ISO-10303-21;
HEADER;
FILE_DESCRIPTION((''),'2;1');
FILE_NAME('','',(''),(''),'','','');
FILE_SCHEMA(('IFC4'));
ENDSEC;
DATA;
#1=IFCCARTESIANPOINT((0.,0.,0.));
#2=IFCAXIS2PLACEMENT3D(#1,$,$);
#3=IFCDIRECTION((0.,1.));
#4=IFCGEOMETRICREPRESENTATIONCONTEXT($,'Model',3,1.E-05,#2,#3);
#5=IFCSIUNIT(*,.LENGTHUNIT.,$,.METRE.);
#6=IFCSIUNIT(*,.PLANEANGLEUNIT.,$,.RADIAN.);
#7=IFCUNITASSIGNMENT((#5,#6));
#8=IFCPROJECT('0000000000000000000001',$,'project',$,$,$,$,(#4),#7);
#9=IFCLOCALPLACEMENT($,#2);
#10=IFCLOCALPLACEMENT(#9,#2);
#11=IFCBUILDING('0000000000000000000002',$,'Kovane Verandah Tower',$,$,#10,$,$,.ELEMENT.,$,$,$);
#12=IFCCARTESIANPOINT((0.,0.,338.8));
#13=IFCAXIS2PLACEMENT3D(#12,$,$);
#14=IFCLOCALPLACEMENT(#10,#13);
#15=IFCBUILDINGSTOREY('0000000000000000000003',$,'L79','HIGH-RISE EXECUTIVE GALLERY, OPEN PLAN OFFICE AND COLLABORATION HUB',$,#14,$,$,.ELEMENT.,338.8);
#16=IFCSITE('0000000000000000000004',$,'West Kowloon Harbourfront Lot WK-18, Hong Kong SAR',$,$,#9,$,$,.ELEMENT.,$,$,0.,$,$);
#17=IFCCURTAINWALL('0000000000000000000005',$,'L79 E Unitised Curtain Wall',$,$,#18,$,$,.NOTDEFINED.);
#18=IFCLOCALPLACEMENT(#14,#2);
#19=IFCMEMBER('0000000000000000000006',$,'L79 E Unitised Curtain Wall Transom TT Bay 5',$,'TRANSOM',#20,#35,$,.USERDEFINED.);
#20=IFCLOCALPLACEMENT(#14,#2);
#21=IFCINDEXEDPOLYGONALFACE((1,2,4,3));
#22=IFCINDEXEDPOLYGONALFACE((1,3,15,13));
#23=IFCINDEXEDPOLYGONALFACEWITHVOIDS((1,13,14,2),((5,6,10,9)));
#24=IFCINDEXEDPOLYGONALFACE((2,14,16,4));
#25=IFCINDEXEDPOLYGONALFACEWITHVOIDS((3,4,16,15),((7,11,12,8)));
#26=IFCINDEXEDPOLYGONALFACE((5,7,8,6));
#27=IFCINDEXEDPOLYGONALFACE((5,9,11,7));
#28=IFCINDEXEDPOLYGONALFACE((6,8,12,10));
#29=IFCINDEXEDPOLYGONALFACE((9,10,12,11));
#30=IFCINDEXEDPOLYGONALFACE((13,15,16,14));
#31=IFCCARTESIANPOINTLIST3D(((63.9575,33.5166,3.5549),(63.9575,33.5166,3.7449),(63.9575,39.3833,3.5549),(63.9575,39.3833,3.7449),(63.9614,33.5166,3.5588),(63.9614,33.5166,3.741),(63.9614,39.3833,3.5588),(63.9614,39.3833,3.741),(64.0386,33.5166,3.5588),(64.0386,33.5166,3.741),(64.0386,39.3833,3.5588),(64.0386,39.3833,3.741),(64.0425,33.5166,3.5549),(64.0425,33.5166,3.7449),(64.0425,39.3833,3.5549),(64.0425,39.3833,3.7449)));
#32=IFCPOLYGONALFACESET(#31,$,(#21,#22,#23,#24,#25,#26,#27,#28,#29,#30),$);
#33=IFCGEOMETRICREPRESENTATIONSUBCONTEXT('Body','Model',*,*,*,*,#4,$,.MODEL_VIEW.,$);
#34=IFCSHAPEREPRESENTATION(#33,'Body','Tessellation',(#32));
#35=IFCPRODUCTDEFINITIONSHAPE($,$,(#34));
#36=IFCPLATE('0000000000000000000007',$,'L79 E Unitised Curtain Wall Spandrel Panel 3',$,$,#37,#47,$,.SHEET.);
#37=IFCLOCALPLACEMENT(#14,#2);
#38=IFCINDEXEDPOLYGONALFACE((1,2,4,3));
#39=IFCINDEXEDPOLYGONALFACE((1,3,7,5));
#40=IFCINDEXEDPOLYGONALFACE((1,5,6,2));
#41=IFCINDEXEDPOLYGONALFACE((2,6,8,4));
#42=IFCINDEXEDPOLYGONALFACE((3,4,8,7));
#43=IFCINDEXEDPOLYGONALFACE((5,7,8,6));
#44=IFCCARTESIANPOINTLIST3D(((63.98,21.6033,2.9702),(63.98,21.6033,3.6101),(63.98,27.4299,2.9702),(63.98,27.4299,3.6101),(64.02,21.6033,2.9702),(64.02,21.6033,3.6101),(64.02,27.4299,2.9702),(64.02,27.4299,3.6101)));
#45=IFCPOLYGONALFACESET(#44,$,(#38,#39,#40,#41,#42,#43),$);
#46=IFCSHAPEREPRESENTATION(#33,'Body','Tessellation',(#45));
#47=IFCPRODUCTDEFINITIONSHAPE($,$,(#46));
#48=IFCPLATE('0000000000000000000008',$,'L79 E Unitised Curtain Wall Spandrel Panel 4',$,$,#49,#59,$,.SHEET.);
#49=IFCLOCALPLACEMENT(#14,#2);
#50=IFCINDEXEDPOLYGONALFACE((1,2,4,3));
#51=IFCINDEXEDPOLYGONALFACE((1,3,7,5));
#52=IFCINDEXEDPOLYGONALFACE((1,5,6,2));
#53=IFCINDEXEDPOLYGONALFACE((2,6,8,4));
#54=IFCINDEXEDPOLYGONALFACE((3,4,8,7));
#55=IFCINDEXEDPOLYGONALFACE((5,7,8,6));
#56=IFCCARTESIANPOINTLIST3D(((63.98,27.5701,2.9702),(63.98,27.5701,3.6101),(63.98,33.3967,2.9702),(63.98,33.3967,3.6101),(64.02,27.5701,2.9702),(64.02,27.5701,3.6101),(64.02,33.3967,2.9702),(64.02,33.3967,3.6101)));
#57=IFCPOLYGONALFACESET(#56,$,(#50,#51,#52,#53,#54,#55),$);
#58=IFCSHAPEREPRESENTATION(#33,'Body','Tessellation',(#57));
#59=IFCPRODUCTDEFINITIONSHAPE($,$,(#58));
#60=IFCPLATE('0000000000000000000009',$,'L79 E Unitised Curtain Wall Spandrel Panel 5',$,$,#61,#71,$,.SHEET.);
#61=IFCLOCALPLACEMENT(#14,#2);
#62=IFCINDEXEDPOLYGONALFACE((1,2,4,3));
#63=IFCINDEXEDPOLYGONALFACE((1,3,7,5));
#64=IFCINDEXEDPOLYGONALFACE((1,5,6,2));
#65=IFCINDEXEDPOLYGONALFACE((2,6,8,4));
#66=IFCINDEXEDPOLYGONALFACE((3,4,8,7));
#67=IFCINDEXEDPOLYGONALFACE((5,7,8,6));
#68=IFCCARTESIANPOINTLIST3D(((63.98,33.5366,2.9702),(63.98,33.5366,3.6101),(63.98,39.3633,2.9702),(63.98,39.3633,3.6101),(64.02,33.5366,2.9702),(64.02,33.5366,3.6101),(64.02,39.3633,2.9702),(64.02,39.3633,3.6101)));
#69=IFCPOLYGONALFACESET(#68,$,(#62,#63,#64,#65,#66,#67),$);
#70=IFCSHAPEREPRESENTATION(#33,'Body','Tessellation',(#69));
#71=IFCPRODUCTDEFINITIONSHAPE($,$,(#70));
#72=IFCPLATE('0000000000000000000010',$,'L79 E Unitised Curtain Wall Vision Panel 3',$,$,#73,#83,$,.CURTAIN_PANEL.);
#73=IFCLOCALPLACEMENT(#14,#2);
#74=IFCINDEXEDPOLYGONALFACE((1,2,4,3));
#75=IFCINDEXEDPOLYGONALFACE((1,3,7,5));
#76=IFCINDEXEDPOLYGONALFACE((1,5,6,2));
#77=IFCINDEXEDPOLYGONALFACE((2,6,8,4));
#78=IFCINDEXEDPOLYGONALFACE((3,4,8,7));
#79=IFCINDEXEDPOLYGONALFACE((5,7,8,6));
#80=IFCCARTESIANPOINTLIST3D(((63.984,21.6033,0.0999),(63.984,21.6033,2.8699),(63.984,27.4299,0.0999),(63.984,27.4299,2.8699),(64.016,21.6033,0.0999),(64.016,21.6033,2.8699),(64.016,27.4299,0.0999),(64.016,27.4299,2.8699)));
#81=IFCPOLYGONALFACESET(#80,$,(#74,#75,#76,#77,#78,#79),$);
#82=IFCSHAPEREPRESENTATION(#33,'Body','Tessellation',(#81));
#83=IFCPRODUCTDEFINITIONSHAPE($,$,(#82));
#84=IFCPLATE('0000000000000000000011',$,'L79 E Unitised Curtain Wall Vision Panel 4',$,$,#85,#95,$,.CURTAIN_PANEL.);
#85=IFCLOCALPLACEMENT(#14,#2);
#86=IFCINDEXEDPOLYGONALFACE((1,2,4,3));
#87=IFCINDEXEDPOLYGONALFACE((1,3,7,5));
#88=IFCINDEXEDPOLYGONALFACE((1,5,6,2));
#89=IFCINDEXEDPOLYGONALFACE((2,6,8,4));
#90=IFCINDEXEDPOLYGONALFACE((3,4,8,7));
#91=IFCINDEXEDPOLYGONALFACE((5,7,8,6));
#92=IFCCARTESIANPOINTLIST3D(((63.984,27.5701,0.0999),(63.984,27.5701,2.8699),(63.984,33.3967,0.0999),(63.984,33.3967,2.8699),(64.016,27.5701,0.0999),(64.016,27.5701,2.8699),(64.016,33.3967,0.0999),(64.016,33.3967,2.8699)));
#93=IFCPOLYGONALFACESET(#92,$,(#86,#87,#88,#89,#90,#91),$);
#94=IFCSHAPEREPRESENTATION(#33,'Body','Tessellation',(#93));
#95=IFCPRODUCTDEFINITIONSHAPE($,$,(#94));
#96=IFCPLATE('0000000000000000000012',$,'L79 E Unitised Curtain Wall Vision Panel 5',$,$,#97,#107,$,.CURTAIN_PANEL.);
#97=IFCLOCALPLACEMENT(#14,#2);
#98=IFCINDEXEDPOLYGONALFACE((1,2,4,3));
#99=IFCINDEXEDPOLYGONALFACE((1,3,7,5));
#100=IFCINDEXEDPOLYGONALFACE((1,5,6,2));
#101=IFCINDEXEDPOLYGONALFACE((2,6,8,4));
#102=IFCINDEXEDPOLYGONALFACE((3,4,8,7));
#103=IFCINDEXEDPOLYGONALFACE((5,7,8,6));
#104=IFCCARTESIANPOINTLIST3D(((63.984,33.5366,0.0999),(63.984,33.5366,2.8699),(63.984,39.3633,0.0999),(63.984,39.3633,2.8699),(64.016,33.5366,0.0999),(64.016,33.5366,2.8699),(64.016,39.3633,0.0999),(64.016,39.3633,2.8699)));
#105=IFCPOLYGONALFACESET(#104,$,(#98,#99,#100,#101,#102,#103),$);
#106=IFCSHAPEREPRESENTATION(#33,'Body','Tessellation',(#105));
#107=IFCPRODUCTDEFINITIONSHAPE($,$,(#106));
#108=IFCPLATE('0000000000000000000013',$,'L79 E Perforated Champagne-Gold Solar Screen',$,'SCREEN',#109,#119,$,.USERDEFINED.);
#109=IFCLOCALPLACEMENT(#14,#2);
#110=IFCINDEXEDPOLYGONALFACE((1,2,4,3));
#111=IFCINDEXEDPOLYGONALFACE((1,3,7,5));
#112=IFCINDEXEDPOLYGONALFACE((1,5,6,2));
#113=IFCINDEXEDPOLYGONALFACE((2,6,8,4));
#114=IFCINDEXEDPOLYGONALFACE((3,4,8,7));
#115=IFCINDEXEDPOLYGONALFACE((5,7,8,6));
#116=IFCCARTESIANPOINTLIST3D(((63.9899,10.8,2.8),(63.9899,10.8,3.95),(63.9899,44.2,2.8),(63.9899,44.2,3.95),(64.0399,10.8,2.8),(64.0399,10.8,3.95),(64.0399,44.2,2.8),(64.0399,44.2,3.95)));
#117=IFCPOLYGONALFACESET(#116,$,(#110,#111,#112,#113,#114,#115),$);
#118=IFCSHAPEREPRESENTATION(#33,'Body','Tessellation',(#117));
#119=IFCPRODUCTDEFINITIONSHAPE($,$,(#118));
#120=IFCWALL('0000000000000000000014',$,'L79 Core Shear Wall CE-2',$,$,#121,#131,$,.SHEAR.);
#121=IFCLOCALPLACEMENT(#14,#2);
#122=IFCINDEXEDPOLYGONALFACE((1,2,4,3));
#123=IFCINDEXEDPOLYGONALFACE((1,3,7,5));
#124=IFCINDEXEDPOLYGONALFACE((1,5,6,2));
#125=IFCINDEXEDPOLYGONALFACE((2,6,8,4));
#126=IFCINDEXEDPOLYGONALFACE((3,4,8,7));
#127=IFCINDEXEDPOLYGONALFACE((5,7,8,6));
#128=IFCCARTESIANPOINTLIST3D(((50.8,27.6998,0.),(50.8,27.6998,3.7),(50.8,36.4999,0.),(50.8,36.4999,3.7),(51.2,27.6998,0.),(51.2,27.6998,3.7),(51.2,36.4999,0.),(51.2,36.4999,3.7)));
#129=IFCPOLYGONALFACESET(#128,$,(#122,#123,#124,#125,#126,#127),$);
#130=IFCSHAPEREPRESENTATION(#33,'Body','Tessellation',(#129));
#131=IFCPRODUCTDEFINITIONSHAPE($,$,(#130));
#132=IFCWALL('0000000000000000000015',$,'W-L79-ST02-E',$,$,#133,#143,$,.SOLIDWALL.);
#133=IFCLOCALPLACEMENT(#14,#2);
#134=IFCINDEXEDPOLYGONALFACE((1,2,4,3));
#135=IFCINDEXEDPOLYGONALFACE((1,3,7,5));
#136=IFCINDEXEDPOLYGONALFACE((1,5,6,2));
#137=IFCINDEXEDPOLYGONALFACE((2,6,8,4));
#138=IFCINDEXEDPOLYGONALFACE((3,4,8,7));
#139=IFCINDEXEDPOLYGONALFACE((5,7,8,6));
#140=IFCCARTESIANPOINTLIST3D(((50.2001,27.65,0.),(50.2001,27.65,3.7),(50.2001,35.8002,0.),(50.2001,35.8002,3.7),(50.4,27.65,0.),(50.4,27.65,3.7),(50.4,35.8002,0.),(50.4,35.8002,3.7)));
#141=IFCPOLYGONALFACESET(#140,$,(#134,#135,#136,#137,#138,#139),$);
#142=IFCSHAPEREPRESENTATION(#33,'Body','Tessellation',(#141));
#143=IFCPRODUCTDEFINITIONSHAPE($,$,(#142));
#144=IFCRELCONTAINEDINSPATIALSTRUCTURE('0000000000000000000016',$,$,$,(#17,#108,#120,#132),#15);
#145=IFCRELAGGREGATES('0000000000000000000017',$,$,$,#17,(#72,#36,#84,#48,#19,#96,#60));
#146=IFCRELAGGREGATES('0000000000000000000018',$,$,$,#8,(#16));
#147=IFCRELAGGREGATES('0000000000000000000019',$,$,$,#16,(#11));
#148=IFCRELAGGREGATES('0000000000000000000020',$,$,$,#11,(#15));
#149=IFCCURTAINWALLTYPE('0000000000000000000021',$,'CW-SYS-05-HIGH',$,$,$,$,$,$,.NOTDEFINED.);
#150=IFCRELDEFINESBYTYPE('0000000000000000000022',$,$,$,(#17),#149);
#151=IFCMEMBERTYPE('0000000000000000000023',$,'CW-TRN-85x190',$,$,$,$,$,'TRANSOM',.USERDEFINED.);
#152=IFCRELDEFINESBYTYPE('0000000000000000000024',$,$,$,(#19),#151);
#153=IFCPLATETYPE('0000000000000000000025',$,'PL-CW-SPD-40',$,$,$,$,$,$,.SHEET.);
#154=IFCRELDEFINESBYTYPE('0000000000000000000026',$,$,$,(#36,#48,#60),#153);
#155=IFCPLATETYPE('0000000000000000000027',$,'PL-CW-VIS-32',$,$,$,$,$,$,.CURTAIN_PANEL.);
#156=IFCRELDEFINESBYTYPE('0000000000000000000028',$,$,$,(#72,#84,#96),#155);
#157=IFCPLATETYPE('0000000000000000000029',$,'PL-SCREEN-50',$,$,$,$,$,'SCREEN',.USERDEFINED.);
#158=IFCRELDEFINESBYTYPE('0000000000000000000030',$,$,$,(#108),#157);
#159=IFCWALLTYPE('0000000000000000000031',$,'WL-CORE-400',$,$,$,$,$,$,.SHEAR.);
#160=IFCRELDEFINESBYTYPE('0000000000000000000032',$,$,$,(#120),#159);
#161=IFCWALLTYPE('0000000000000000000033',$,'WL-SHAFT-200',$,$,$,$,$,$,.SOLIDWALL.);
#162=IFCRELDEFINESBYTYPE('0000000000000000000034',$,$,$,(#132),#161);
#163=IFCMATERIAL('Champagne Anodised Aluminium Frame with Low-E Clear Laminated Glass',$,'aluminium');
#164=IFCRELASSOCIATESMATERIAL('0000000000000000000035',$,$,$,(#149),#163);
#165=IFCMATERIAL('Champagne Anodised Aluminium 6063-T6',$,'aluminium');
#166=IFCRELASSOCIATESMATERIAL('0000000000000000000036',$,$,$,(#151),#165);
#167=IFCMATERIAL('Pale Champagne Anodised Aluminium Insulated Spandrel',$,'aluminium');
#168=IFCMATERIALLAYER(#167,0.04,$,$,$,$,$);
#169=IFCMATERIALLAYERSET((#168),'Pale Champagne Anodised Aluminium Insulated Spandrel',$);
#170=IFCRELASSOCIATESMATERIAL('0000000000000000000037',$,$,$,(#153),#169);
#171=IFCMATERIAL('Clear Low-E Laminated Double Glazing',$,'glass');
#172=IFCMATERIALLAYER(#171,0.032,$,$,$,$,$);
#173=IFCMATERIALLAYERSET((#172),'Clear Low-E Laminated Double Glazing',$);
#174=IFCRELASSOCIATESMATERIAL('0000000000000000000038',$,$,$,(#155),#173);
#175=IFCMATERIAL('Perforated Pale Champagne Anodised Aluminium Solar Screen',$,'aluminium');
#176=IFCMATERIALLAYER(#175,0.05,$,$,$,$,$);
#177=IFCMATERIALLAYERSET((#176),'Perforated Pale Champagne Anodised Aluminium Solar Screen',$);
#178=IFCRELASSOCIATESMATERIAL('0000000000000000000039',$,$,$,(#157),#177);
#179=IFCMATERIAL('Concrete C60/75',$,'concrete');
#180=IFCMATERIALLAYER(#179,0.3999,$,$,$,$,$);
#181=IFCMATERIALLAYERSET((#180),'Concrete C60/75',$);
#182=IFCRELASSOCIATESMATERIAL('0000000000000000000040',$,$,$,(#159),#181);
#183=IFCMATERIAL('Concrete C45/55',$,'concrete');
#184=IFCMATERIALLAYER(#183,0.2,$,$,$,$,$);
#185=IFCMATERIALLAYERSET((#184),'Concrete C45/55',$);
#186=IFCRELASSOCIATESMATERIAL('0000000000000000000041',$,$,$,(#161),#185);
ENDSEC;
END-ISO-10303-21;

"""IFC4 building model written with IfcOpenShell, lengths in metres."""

from ifc_helpers import new_model, si_unit, direction, frame, frame_2d, origin, origin_2d, place, context, subcontext, project, spatial, rectangle, hollow_rectangle, extrude, material, layer, layer_set, material_profile, profile_set, type_object, element, aggregate, save


model = new_model("IFC4")

# Units and contexts
model_context = context("Model", 3, precision=1e-05, world=origin(), true_north=direction((0.0, 1.0)))
body_context = subcontext(model_context, "Body", "Model", "MODEL_VIEW")
ifc_project = project(units=[si_unit("LENGTHUNIT", "METRE"), si_unit("PLANEANGLEUNIT", "RADIAN")], contexts=[model_context])

# Site, building, storey
site_placement = place(None, origin())
site = spatial("IfcSite", under=ifc_project, at=site_placement, Name="West Kowloon Harbourfront Lot WK-18, Hong Kong SAR", CompositionType="ELEMENT", RefElevation=0.0)
building_placement = place(site_placement, origin())
building = spatial("IfcBuilding", under=site, at=building_placement, Name="Kovane Verandah Tower", CompositionType="ELEMENT")
storey_placement = place(building_placement, frame((0.0, 0.0, 338.8)))
storey = spatial("IfcBuildingStorey", under=building, at=storey_placement, Name="L79", Description="HIGH-RISE EXECUTIVE GALLERY, OPEN PLAN OFFICE AND COLLABORATION HUB", CompositionType="ELEMENT", Elevation=338.8)

# Shared definitions
ifc_material_1 = material(Name="Concrete C60/75", Category="concrete")

# Curtain wall, member, plates
ifc_material_2 = material(Name="Champagne Anodised Aluminium Frame with Low-E Clear Laminated Glass", Category="aluminium")
curtain_wall_type = type_object("IfcCurtainWallType", Name="CW-SYS-05-HIGH", PredefinedType="NOTDEFINED", material=ifc_material_2)
curtain_wall_placement = place(storey_placement, origin())
curtain_wall = element("IfcCurtainWall", 1, at=curtain_wall_placement, inside=storey, type_object=curtain_wall_type, Name="L79 E Unitised Curtain Wall", PredefinedType="NOTDEFINED")
ifc_material_3 = material(Name="Champagne Anodised Aluminium 6063-T6", Category="aluminium")
ifc_material_profile_1 = material_profile(ifc_material_3, hollow_rectangle(XDim=0.085, YDim=0.1899, WallThickness=0.0039, at=origin_2d()), Name="AL85x190x4")
ifc_profile_set_1 = profile_set([ifc_material_profile_1], Name="Champagne Anodised Aluminium 6063-T6")
member_type_1 = type_object("IfcMemberType", Name="CW-TRN-85x190", ElementType="TRANSOM", PredefinedType="USERDEFINED", material=ifc_profile_set_1)
member_1_placement = place(storey_placement, frame((64.0, 33.5166, 3.6499), z_axis=(0.0, 1.0, 0.0), x_axis=(-1.0, 0.0, 0.0)))
member_1 = element("IfcMember", 2, at=member_1_placement, type_object=member_type_1, Name="L79 E Unitised Curtain Wall Transom TT Bay 5", ObjectType="TRANSOM", PredefinedType="USERDEFINED", context=body_context, shape_type="SweptSolid", body=[
    extrude(hollow_rectangle(XDim=0.085, YDim=0.1899, WallThickness=0.0039, at=origin_2d()), origin(), (0.0, 0.0, 1.0), 5.8667),
])
ifc_material_4 = material(Name="Pale Champagne Anodised Aluminium Insulated Spandrel", Category="aluminium")
ifc_layer_1 = layer(ifc_material_4, 0.04)
ifc_layer_set_1 = layer_set([ifc_layer_1], Name="Pale Champagne Anodised Aluminium Insulated Spandrel")
plate_type_1 = type_object("IfcPlateType", Name="PL-CW-SPD-40", PredefinedType="SHEET", material=ifc_layer_set_1)
plate_1_placement = place(storey_placement, frame((64.0, 24.5166, 2.9702), z_axis=(0.0, 0.0, 1.0), x_axis=(0.0, 1.0, 0.0)))
plate_1 = element("IfcPlate", 3, at=plate_1_placement, type_object=plate_type_1, Name="L79 E Unitised Curtain Wall Spandrel Panel 3", PredefinedType="SHEET", context=body_context, shape_type="SweptSolid", body=[
    extrude(rectangle(XDim=5.8267, YDim=0.04, at=origin_2d()), origin(), (0.0, 0.0, 1.0), 0.6399),
])
plate_2_placement = place(storey_placement, frame((64.0, 30.4834, 2.9702), z_axis=(0.0, 0.0, 1.0), x_axis=(0.0, 1.0, 0.0)))
plate_2 = element("IfcPlate", 4, at=plate_2_placement, type_object=plate_type_1, Name="L79 E Unitised Curtain Wall Spandrel Panel 4", PredefinedType="SHEET", context=body_context, shape_type="SweptSolid", body=[
    extrude(rectangle(XDim=5.8267, YDim=0.04, at=origin_2d()), origin(), (0.0, 0.0, 1.0), 0.6399),
])
plate_3_placement = place(storey_placement, frame((64.0, 36.45, 2.9702), z_axis=(0.0, 0.0, 1.0), x_axis=(0.0, 1.0, 0.0)))
plate_3 = element("IfcPlate", 5, at=plate_3_placement, type_object=plate_type_1, Name="L79 E Unitised Curtain Wall Spandrel Panel 5", PredefinedType="SHEET", context=body_context, shape_type="SweptSolid", body=[
    extrude(rectangle(XDim=5.8267, YDim=0.04, at=origin_2d()), origin(), (0.0, 0.0, 1.0), 0.6399),
])
ifc_material_5 = material(Name="Clear Low-E Laminated Double Glazing", Category="glass")
ifc_layer_2 = layer(ifc_material_5, 0.032)
ifc_layer_set_2 = layer_set([ifc_layer_2], Name="Clear Low-E Laminated Double Glazing")
plate_type_2 = type_object("IfcPlateType", Name="PL-CW-VIS-32", PredefinedType="CURTAIN_PANEL", material=ifc_layer_set_2)
plate_4_placement = place(storey_placement, frame((64.0, 24.5166, 0.0999), z_axis=(0.0, 0.0, 1.0), x_axis=(0.0, 1.0, 0.0)))
plate_4 = element("IfcPlate", 6, at=plate_4_placement, type_object=plate_type_2, Name="L79 E Unitised Curtain Wall Vision Panel 3", PredefinedType="CURTAIN_PANEL", context=body_context, shape_type="SweptSolid", body=[
    extrude(rectangle(XDim=5.8267, YDim=0.032, at=origin_2d()), origin(), (0.0, 0.0, 1.0), 2.77),
])
plate_5_placement = place(storey_placement, frame((64.0, 30.4834, 0.0999), z_axis=(0.0, 0.0, 1.0), x_axis=(0.0, 1.0, 0.0)))
plate_5 = element("IfcPlate", 7, at=plate_5_placement, type_object=plate_type_2, Name="L79 E Unitised Curtain Wall Vision Panel 4", PredefinedType="CURTAIN_PANEL", context=body_context, shape_type="SweptSolid", body=[
    extrude(rectangle(XDim=5.8267, YDim=0.032, at=origin_2d()), origin(), (0.0, 0.0, 1.0), 2.77),
])
plate_6_placement = place(storey_placement, frame((64.0, 36.45, 0.0999), z_axis=(0.0, 0.0, 1.0), x_axis=(0.0, 1.0, 0.0)))
plate_6 = element("IfcPlate", 8, at=plate_6_placement, type_object=plate_type_2, Name="L79 E Unitised Curtain Wall Vision Panel 5", PredefinedType="CURTAIN_PANEL", context=body_context, shape_type="SweptSolid", body=[
    extrude(rectangle(XDim=5.8267, YDim=0.032, at=origin_2d()), origin(), (0.0, 0.0, 1.0), 2.77),
])
aggregate(curtain_wall, [plate_4, plate_1, plate_5, plate_2, member_1, plate_6, plate_3])

# Plate
ifc_material_6 = material(Name="Perforated Pale Champagne Anodised Aluminium Solar Screen", Category="aluminium")
ifc_layer_3 = layer(ifc_material_6, 0.05)
ifc_layer_set_3 = layer_set([ifc_layer_3], Name="Perforated Pale Champagne Anodised Aluminium Solar Screen")
plate_type_3 = type_object("IfcPlateType", Name="PL-SCREEN-50", ElementType="SCREEN", PredefinedType="USERDEFINED", material=ifc_layer_set_3)
plate_7_placement = place(storey_placement, frame((64.0149, 27.5, 2.8), z_axis=(0.0, 0.0, 1.0), x_axis=(0.0, 1.0, 0.0)))
element("IfcPlate", 9, at=plate_7_placement, inside=storey, type_object=plate_type_3, Name="L79 E Perforated Champagne-Gold Solar Screen", ObjectType="SCREEN", PredefinedType="USERDEFINED", context=body_context, shape_type="SweptSolid", body=[
    extrude(rectangle(XDim=33.3999, YDim=0.05, at=origin_2d()), origin(), (0.0, 0.0, 1.0), 1.1499),
])

# Wall
ifc_layer_4 = layer(ifc_material_1, 0.3999)
ifc_layer_set_4 = layer_set([ifc_layer_4], Name="Concrete C60/75")
wall_type_1 = type_object("IfcWallType", Name="WL-CORE-400", PredefinedType="SHEAR", material=ifc_layer_set_4)
wall_1_placement = place(storey_placement, frame((51.0, 27.7, 0.0), z_axis=(0.0, 0.0, 1.0), x_axis=(0.0, 1.0, 0.0)))
element("IfcWall", 10, at=wall_1_placement, inside=storey, type_object=wall_type_1, Name="L79 Core Shear Wall CE-2", PredefinedType="SHEAR", context=body_context, shape_type="SweptSolid", body=[
    extrude(rectangle(XDim=8.8, YDim=0.3999, at=frame_2d((4.3999, 0.0))), origin(), (0.0, 0.0, 1.0), 3.7),
])

# Wall
ifc_material_7 = material(Name="Concrete C45/55", Category="concrete")
ifc_layer_5 = layer(ifc_material_7, 0.2)
ifc_layer_set_5 = layer_set([ifc_layer_5], Name="Concrete C45/55")
wall_type_2 = type_object("IfcWallType", Name="WL-SHAFT-200", PredefinedType="SOLIDWALL", material=ifc_layer_set_5)
wall_2_placement = place(storey_placement, frame((50.3, 27.6499, 0.0), z_axis=(0.0, 0.0, 1.0), x_axis=(0.0, 1.0, 0.0)))
element("IfcWall", 11, at=wall_2_placement, inside=storey, type_object=wall_type_2, Name="W-L79-ST02-E", PredefinedType="SOLIDWALL", context=body_context, shape_type="SweptSolid", body=[
    extrude(rectangle(XDim=8.1501, YDim=0.2, at=frame_2d((4.0752, 0.0))), origin(), (0.0, 0.0, 1.0), 3.7),
])

save(model, "model.ifc")
